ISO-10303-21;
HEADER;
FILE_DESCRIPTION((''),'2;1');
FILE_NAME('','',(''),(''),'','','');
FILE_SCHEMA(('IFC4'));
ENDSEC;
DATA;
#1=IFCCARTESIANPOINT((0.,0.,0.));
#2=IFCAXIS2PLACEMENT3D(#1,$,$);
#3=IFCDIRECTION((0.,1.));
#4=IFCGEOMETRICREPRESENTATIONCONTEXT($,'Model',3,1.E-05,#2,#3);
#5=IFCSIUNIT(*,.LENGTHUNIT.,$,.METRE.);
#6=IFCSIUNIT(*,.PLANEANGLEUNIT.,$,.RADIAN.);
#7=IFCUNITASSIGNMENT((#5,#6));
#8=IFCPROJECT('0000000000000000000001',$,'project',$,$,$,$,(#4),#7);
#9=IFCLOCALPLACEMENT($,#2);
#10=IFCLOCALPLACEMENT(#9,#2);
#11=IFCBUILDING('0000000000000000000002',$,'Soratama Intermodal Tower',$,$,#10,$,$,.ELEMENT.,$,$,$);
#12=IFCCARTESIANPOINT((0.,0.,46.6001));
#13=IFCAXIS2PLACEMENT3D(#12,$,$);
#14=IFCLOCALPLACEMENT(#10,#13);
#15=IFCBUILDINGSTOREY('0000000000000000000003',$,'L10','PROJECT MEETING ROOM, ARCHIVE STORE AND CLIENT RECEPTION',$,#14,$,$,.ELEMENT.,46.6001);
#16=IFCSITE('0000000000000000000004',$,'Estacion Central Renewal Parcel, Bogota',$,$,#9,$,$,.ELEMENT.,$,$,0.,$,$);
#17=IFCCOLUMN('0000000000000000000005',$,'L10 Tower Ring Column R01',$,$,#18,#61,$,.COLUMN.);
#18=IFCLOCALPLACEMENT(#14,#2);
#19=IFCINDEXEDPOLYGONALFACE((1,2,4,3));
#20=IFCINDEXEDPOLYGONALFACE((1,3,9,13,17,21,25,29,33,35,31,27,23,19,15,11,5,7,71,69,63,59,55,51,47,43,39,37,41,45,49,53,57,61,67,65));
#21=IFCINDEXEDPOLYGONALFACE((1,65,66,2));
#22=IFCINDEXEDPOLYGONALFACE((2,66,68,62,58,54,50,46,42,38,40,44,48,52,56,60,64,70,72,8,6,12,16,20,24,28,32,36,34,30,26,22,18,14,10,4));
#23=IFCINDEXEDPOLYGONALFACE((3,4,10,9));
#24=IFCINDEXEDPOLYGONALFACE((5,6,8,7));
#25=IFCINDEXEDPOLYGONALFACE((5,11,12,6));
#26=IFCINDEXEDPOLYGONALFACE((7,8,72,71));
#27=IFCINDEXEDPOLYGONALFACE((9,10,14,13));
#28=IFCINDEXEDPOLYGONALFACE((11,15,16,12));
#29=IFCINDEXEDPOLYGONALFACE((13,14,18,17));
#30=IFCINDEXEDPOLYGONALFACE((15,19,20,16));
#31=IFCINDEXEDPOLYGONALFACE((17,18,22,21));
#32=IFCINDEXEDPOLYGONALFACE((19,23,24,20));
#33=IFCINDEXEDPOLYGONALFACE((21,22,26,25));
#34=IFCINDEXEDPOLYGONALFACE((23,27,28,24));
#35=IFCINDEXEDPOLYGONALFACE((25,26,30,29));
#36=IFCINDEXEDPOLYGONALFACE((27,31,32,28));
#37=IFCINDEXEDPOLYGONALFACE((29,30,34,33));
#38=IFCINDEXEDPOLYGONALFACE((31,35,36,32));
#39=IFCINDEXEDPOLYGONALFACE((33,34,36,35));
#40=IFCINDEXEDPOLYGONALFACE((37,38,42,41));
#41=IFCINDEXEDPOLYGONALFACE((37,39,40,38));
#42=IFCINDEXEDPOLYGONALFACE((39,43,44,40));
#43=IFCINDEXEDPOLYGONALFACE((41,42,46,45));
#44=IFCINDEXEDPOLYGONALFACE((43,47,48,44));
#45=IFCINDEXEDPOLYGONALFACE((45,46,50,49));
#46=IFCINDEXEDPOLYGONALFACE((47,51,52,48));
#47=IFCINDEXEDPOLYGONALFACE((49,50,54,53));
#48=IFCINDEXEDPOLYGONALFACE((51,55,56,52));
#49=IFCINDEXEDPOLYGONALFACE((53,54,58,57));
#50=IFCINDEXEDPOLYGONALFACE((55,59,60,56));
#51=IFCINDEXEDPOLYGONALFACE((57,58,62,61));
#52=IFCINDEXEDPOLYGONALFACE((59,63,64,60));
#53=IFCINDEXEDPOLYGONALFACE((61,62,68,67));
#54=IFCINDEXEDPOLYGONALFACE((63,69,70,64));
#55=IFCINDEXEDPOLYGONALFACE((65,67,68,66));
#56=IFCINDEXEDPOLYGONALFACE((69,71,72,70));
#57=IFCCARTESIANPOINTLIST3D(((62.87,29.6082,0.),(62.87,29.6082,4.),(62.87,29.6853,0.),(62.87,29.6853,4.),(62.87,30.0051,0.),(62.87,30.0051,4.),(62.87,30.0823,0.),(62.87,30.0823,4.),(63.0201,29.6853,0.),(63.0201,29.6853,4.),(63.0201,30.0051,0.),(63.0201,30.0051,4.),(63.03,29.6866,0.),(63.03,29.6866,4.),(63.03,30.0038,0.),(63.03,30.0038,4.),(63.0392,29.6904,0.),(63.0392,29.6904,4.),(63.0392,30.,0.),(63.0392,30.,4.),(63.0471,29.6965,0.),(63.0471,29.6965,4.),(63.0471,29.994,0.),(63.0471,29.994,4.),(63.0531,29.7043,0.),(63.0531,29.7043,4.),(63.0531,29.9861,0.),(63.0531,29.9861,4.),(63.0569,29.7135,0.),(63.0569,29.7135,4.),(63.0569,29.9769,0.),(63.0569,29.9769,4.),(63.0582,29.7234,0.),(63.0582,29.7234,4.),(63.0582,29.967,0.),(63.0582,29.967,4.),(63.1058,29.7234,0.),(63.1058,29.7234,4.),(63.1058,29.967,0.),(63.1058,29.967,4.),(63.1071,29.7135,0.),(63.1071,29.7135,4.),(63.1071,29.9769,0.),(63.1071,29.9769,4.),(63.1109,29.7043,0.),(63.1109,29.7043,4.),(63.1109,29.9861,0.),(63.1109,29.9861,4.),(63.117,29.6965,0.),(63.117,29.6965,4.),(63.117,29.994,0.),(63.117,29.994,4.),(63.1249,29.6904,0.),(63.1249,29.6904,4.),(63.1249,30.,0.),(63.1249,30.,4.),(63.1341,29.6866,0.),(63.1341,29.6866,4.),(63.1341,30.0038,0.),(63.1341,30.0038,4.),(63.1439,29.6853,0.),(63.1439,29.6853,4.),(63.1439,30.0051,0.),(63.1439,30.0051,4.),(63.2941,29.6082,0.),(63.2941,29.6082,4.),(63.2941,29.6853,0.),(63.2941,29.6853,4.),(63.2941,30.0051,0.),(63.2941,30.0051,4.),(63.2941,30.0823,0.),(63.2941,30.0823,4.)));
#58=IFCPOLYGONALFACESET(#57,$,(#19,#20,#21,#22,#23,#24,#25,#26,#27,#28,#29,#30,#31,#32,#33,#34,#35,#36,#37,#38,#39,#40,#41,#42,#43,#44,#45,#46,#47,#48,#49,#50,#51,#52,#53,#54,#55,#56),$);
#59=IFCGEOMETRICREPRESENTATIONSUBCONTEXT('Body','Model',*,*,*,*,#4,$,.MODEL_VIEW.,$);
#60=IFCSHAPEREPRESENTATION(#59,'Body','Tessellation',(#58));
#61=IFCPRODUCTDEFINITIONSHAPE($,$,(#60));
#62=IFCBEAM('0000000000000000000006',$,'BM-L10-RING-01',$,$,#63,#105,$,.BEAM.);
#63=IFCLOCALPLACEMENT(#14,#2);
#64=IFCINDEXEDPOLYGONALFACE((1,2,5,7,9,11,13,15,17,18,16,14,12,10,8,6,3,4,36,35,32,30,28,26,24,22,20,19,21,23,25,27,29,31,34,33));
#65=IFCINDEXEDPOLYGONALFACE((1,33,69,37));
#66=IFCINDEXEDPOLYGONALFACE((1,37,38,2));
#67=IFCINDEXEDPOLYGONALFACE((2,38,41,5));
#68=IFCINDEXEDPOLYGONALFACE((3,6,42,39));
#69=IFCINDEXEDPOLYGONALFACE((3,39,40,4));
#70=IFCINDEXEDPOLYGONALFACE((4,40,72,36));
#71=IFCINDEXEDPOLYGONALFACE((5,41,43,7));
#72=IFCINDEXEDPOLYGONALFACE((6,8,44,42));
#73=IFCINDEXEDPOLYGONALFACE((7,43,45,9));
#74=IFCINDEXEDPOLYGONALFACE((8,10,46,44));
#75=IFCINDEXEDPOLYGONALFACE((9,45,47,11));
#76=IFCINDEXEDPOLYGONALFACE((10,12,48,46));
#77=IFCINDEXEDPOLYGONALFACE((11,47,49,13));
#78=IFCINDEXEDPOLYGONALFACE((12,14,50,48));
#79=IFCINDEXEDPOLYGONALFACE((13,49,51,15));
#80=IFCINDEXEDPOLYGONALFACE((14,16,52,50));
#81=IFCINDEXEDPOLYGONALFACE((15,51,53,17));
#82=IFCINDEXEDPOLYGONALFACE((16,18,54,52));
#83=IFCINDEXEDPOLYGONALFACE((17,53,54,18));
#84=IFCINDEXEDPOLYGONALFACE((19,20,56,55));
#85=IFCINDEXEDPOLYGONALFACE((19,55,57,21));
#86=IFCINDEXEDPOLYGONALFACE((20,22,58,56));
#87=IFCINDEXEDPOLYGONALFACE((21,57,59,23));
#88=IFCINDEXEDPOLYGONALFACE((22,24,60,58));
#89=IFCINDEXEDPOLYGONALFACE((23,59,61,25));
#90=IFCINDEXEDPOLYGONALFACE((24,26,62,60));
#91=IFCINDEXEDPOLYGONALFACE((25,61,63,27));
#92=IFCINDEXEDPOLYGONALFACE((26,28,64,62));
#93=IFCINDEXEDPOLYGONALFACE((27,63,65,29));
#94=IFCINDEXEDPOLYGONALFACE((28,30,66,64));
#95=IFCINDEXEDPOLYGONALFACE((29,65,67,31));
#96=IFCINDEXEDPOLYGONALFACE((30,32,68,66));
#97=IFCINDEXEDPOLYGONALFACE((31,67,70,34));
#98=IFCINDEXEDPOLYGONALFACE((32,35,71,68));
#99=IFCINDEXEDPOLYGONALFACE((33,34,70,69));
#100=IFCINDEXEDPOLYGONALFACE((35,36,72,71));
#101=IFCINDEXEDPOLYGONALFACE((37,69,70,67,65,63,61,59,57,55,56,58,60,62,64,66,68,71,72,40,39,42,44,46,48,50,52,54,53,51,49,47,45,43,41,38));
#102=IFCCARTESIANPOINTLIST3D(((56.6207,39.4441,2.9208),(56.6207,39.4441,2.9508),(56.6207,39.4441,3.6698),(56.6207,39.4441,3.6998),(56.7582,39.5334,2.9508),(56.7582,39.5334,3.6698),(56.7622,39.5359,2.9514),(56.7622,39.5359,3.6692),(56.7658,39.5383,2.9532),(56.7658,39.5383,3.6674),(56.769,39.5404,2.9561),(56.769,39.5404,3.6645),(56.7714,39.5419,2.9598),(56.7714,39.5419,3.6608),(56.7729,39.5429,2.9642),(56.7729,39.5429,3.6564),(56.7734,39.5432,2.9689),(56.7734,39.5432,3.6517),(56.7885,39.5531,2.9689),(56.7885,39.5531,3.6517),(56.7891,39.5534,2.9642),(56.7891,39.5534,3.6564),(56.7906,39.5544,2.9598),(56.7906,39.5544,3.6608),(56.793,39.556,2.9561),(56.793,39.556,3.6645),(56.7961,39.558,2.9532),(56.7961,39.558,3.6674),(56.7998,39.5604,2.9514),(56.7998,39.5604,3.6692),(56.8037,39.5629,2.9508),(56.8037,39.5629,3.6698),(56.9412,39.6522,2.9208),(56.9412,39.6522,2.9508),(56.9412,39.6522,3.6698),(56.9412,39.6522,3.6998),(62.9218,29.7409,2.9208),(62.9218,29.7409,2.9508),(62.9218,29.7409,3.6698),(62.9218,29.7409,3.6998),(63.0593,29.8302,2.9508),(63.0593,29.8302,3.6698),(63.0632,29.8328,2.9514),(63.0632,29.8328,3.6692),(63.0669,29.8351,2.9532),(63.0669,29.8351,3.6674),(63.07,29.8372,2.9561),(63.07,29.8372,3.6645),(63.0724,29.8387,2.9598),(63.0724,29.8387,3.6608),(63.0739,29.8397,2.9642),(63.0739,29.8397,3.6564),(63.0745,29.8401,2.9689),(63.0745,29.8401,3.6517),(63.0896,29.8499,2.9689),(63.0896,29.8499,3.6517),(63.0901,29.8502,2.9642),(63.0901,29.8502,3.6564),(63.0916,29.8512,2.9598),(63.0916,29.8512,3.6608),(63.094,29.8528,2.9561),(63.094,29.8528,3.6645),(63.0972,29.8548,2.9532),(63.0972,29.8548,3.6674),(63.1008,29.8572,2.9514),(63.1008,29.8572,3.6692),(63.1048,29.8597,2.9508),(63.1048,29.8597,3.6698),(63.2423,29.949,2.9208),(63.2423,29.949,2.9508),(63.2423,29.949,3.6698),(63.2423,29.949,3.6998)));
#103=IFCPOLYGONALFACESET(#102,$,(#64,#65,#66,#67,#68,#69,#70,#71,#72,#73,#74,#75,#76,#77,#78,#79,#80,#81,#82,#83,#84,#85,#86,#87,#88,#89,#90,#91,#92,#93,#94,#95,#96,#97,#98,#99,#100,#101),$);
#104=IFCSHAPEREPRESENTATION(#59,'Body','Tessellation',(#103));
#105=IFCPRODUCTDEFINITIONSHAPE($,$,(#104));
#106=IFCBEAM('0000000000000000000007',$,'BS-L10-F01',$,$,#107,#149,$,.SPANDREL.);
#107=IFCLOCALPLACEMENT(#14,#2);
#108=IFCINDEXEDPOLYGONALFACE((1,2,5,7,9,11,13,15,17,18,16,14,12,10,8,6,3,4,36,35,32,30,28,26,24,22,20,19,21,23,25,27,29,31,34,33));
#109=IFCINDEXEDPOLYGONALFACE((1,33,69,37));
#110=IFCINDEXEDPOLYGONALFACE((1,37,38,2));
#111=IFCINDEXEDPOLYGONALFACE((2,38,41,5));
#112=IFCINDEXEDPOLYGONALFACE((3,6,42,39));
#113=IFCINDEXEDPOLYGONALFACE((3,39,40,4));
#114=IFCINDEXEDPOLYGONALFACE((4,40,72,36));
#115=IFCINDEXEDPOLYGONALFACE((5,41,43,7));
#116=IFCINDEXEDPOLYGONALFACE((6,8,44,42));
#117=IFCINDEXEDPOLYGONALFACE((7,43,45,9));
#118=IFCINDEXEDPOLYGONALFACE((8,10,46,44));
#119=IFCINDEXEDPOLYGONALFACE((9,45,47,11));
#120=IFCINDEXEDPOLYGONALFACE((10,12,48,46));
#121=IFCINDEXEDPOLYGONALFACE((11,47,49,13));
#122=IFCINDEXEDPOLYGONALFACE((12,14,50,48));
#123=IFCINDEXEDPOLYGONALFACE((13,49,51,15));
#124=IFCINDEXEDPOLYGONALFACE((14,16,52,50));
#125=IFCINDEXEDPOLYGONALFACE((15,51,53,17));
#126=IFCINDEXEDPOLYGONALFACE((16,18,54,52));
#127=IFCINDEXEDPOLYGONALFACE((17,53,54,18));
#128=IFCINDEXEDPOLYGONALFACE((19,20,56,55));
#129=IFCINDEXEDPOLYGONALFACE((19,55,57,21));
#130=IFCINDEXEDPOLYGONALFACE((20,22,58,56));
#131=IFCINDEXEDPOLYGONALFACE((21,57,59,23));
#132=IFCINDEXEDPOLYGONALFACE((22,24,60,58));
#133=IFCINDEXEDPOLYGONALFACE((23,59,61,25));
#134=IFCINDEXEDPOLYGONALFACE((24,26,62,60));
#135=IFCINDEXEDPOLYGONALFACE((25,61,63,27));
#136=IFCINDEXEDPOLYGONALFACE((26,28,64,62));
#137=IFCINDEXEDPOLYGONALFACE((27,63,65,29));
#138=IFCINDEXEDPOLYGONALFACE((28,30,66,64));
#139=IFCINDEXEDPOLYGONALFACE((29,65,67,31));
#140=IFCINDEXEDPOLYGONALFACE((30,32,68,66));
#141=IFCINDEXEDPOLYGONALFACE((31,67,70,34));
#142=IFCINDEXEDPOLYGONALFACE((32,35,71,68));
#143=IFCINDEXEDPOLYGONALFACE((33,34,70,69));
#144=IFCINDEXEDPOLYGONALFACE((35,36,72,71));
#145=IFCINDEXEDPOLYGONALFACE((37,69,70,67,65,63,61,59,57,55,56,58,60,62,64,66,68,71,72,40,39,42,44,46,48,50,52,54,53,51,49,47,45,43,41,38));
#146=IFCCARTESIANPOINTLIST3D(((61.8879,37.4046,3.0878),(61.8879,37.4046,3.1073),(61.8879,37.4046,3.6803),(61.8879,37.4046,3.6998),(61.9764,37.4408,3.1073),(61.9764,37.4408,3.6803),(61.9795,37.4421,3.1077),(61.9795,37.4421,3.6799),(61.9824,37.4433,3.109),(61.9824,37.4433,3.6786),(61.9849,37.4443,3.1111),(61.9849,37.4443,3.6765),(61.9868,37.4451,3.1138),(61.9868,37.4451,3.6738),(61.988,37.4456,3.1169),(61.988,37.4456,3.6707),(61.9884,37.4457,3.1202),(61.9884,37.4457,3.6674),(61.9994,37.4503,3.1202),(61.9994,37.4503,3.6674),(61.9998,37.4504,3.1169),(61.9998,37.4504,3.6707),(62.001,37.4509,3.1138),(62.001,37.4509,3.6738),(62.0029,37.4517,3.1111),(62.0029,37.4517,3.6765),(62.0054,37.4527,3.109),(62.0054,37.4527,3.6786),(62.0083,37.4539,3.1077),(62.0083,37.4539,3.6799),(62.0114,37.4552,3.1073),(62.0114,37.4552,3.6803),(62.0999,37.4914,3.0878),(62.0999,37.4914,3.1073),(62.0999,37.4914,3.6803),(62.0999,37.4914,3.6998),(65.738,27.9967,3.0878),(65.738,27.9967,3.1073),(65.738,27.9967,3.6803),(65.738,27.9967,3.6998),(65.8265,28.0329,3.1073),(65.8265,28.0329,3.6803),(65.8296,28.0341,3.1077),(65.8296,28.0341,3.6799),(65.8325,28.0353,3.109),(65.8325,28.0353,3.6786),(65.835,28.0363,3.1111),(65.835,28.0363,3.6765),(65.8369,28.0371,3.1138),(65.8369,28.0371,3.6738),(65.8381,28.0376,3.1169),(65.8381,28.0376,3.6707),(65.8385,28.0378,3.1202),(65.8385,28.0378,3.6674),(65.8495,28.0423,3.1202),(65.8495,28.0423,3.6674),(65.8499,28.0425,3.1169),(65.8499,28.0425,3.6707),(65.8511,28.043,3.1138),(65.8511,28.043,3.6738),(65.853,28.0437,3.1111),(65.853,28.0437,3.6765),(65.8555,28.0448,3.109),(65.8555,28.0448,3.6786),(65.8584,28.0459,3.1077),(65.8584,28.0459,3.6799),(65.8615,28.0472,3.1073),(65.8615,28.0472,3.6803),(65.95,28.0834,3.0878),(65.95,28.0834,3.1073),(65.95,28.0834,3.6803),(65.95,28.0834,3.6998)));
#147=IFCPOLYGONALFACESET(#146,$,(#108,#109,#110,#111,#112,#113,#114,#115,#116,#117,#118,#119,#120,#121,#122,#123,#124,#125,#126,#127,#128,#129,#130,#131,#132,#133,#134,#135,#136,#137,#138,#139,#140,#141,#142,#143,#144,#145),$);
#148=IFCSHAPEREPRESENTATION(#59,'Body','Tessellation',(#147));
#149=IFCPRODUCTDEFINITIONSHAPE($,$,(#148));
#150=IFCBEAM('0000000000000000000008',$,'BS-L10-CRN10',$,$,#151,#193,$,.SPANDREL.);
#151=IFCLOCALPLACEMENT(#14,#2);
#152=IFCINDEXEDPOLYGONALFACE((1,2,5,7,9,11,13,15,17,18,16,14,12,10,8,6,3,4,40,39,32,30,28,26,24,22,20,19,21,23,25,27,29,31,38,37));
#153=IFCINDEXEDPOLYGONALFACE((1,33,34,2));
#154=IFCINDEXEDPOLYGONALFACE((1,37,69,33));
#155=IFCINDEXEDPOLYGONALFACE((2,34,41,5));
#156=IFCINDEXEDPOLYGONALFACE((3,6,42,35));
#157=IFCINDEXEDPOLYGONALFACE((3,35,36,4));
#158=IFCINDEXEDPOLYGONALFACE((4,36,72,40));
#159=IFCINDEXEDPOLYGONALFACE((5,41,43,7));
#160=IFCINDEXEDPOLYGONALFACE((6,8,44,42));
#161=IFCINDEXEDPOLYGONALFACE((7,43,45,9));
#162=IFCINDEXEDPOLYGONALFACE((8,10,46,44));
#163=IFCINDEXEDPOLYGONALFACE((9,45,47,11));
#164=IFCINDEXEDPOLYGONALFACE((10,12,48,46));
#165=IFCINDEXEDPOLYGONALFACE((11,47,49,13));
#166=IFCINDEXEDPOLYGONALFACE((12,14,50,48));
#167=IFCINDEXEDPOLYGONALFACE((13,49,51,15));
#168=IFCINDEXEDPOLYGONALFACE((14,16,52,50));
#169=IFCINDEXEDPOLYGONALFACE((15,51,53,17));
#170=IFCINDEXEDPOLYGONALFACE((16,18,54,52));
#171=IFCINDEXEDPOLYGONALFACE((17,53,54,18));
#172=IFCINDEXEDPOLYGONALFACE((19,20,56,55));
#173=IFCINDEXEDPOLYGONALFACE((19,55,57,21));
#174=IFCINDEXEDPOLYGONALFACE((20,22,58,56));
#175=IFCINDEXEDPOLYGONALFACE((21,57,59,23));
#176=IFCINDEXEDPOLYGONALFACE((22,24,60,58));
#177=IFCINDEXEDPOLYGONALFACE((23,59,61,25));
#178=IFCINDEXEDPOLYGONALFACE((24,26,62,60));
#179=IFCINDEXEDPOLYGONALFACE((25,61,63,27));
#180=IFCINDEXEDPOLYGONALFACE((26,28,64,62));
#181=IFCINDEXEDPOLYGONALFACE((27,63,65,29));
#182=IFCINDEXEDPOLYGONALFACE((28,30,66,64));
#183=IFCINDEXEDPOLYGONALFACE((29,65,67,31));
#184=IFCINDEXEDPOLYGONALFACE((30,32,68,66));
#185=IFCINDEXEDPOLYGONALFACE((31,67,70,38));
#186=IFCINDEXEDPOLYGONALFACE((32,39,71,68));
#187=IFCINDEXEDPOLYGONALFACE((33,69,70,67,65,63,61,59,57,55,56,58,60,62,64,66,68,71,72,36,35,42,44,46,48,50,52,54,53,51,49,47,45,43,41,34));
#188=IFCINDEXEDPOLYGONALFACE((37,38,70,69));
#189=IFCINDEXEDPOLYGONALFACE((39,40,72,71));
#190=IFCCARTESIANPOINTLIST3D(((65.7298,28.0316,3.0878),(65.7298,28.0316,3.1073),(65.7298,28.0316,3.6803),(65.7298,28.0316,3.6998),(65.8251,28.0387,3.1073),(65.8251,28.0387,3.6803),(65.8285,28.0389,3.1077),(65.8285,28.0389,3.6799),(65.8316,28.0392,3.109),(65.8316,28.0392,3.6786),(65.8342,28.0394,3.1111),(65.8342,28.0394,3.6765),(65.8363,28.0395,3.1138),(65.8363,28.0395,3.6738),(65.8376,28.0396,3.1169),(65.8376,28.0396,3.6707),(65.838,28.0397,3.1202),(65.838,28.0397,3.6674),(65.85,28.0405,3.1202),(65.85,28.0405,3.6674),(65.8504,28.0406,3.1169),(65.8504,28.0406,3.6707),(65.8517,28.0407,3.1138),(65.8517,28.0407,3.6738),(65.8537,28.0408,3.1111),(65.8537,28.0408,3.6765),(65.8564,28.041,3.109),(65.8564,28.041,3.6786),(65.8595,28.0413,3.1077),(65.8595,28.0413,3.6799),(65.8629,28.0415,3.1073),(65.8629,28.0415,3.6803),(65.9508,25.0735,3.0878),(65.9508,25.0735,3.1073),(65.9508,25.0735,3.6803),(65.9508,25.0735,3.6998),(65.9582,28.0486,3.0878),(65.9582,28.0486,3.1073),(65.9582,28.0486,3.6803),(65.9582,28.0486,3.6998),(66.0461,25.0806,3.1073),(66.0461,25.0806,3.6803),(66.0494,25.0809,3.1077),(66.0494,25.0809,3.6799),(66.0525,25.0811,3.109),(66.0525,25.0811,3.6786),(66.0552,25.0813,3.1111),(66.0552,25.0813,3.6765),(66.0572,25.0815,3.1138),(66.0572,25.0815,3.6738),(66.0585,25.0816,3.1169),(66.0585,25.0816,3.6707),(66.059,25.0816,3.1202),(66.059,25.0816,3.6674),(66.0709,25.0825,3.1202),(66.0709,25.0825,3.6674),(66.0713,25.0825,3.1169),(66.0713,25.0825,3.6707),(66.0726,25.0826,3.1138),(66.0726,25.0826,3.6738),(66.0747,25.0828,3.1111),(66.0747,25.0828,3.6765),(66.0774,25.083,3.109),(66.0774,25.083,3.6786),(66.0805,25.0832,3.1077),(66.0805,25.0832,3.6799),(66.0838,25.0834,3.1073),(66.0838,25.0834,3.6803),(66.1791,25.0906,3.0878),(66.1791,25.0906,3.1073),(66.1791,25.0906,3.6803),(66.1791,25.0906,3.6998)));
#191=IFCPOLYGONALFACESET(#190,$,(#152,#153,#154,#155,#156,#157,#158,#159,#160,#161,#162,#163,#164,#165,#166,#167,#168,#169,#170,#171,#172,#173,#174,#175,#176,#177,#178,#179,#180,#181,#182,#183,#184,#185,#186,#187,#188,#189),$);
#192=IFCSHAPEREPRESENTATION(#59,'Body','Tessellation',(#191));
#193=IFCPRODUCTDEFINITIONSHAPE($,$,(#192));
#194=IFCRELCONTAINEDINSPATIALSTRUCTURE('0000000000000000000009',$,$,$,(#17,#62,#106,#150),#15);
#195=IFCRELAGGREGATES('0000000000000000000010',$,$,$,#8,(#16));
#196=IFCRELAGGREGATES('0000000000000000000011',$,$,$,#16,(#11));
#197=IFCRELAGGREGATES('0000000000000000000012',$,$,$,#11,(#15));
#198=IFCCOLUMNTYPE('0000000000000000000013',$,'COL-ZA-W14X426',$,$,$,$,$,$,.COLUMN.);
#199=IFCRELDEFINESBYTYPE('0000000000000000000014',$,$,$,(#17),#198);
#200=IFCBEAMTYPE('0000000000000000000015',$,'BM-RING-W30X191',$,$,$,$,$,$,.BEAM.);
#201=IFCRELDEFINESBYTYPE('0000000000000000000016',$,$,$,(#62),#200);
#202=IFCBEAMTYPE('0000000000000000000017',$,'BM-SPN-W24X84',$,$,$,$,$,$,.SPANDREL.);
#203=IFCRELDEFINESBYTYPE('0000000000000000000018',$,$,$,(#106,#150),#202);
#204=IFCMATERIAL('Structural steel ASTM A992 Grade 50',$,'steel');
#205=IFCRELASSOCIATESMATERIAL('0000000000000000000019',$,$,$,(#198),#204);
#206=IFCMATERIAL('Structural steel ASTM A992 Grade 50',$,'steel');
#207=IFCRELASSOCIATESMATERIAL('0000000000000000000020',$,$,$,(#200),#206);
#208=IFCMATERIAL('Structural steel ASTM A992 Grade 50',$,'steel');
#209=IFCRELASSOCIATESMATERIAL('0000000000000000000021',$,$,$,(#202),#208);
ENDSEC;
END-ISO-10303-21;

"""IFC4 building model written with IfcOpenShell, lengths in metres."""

from ifc_helpers import new_model, si_unit, direction, frame, origin, origin_2d, place, context, subcontext, project, spatial, i_section, extrude, material, material_profile, profile_set, type_object, element, save


model = new_model("IFC4")

# Units and contexts
model_context = context("Model", 3, precision=1e-05, world=origin(), true_north=direction((0.0, 1.0)))
body_context = subcontext(model_context, "Body", "Model", "MODEL_VIEW")
ifc_project = project(units=[si_unit("LENGTHUNIT", "METRE"), si_unit("PLANEANGLEUNIT", "RADIAN")], contexts=[model_context])

# Site, building, storey
site_placement = place(None, origin())
site = spatial("IfcSite", under=ifc_project, at=site_placement, Name="Estacion Central Renewal Parcel, Bogota", CompositionType="ELEMENT", RefElevation=0.0)
building_placement = place(site_placement, origin())
building = spatial("IfcBuilding", under=site, at=building_placement, Name="Soratama Intermodal Tower", CompositionType="ELEMENT")
storey_placement = place(building_placement, frame((0.0, 0.0, 46.6001)))
storey = spatial("IfcBuildingStorey", under=building, at=storey_placement, Name="L10", Description="PROJECT MEETING ROOM, ARCHIVE STORE AND CLIENT RECEPTION", CompositionType="ELEMENT", Elevation=46.6001)

# Column
ifc_material_1 = material(Name="Structural steel ASTM A992 Grade 50", Category="steel")
ifc_material_profile_1 = material_profile(ifc_material_1, i_section(OverallWidth=0.4241, OverallDepth=0.4741, WebThickness=0.0476, FlangeThickness=0.0771, FilletRadius=0.0381, at=origin_2d()), Name="W14X426")
ifc_profile_set_1 = profile_set([ifc_material_profile_1], Name="Structural steel ASTM A992 Grade 50")
column_type = type_object("IfcColumnType", Name="COL-ZA-W14X426", PredefinedType="COLUMN", material=ifc_profile_set_1)
column_placement = place(storey_placement, frame((63.082, 29.8452, 0.0), z_axis=(0.0, 0.0, 1.0), x_axis=(1.0, 0.0, 0.0)))
element("IfcColumn", 1, at=column_placement, inside=storey, type_object=column_type, Name="L10 Tower Ring Column R01", PredefinedType="COLUMN", context=body_context, shape_type="SweptSolid", body=[
    extrude(i_section(OverallWidth=0.4241, OverallDepth=0.4741, WebThickness=0.0476, FlangeThickness=0.0771, FilletRadius=0.0381, at=origin_2d()), origin(), (0.0, 0.0, 1.0), 4.0),
])

# Beams
ifc_material_2 = material(Name="Structural steel ASTM A992 Grade 50", Category="steel")
ifc_material_profile_2 = material_profile(ifc_material_2, i_section(OverallWidth=0.3821, OverallDepth=0.7791, WebThickness=0.0181, FlangeThickness=0.03, FilletRadius=0.0181, at=origin_2d()), Name="W30X191")
ifc_profile_set_2 = profile_set([ifc_material_profile_2], Name="Structural steel ASTM A992 Grade 50")
beam_type_1 = type_object("IfcBeamType", Name="BM-RING-W30X191", PredefinedType="BEAM", material=ifc_profile_set_2)
beam_1_placement = place(storey_placement, frame((63.082, 29.845, 3.3103), z_axis=(-0.544623, 0.838681, 0.0), x_axis=(-0.838681, -0.544623, 0.0)))
element("IfcBeam", 2, at=beam_1_placement, inside=storey, type_object=beam_type_1, Name="BM-L10-RING-01", PredefinedType="BEAM", context=body_context, shape_type="SweptSolid", body=[
    extrude(i_section(OverallWidth=0.3821, OverallDepth=0.7791, WebThickness=0.0181, FlangeThickness=0.03, FilletRadius=0.0181, at=origin_2d()), origin(), (0.0, 0.0, 1.0), 11.5696),
])
ifc_material_3 = material(Name="Structural steel ASTM A992 Grade 50", Category="steel")
ifc_material_profile_3 = material_profile(ifc_material_3, i_section(OverallWidth=0.229, OverallDepth=0.6121, WebThickness=0.012, FlangeThickness=0.0195, FilletRadius=0.0129, at=origin_2d()), Name="W24X84")
ifc_profile_set_3 = profile_set([ifc_material_profile_3], Name="Structural steel ASTM A992 Grade 50")
beam_type_2 = type_object("IfcBeamType", Name="BM-SPN-W24X84", PredefinedType="SPANDREL", material=ifc_profile_set_3)
beam_2_placement = place(storey_placement, frame((65.844, 28.04, 3.3938), z_axis=(-0.37875, 0.925499, 0.0), x_axis=(-0.925499, -0.37875, 0.0)))
element("IfcBeam", 3, at=beam_2_placement, inside=storey, type_object=beam_type_2, Name="BS-L10-F01", PredefinedType="SPANDREL", context=body_context, shape_type="SweptSolid", body=[
    extrude(i_section(OverallWidth=0.229, OverallDepth=0.6121, WebThickness=0.012, FlangeThickness=0.0195, FilletRadius=0.0129, at=origin_2d()), origin(), (0.0, 0.0, 1.0), 10.1653),
])
beam_3_placement = place(storey_placement, frame((66.0649, 25.082, 3.3938), z_axis=(-0.074487, 0.997222, 0.0), x_axis=(-0.997222, -0.074487, 0.0)))
element("IfcBeam", 4, at=beam_3_placement, inside=storey, type_object=beam_type_2, Name="BS-L10-CRN10", PredefinedType="SPANDREL", context=body_context, shape_type="SweptSolid", body=[
    extrude(i_section(OverallWidth=0.229, OverallDepth=0.6121, WebThickness=0.012, FlangeThickness=0.0195, FilletRadius=0.0129, at=origin_2d()), origin(), (0.0, 0.0, 1.0), 2.9663),
])

save(model, "model.ifc")
